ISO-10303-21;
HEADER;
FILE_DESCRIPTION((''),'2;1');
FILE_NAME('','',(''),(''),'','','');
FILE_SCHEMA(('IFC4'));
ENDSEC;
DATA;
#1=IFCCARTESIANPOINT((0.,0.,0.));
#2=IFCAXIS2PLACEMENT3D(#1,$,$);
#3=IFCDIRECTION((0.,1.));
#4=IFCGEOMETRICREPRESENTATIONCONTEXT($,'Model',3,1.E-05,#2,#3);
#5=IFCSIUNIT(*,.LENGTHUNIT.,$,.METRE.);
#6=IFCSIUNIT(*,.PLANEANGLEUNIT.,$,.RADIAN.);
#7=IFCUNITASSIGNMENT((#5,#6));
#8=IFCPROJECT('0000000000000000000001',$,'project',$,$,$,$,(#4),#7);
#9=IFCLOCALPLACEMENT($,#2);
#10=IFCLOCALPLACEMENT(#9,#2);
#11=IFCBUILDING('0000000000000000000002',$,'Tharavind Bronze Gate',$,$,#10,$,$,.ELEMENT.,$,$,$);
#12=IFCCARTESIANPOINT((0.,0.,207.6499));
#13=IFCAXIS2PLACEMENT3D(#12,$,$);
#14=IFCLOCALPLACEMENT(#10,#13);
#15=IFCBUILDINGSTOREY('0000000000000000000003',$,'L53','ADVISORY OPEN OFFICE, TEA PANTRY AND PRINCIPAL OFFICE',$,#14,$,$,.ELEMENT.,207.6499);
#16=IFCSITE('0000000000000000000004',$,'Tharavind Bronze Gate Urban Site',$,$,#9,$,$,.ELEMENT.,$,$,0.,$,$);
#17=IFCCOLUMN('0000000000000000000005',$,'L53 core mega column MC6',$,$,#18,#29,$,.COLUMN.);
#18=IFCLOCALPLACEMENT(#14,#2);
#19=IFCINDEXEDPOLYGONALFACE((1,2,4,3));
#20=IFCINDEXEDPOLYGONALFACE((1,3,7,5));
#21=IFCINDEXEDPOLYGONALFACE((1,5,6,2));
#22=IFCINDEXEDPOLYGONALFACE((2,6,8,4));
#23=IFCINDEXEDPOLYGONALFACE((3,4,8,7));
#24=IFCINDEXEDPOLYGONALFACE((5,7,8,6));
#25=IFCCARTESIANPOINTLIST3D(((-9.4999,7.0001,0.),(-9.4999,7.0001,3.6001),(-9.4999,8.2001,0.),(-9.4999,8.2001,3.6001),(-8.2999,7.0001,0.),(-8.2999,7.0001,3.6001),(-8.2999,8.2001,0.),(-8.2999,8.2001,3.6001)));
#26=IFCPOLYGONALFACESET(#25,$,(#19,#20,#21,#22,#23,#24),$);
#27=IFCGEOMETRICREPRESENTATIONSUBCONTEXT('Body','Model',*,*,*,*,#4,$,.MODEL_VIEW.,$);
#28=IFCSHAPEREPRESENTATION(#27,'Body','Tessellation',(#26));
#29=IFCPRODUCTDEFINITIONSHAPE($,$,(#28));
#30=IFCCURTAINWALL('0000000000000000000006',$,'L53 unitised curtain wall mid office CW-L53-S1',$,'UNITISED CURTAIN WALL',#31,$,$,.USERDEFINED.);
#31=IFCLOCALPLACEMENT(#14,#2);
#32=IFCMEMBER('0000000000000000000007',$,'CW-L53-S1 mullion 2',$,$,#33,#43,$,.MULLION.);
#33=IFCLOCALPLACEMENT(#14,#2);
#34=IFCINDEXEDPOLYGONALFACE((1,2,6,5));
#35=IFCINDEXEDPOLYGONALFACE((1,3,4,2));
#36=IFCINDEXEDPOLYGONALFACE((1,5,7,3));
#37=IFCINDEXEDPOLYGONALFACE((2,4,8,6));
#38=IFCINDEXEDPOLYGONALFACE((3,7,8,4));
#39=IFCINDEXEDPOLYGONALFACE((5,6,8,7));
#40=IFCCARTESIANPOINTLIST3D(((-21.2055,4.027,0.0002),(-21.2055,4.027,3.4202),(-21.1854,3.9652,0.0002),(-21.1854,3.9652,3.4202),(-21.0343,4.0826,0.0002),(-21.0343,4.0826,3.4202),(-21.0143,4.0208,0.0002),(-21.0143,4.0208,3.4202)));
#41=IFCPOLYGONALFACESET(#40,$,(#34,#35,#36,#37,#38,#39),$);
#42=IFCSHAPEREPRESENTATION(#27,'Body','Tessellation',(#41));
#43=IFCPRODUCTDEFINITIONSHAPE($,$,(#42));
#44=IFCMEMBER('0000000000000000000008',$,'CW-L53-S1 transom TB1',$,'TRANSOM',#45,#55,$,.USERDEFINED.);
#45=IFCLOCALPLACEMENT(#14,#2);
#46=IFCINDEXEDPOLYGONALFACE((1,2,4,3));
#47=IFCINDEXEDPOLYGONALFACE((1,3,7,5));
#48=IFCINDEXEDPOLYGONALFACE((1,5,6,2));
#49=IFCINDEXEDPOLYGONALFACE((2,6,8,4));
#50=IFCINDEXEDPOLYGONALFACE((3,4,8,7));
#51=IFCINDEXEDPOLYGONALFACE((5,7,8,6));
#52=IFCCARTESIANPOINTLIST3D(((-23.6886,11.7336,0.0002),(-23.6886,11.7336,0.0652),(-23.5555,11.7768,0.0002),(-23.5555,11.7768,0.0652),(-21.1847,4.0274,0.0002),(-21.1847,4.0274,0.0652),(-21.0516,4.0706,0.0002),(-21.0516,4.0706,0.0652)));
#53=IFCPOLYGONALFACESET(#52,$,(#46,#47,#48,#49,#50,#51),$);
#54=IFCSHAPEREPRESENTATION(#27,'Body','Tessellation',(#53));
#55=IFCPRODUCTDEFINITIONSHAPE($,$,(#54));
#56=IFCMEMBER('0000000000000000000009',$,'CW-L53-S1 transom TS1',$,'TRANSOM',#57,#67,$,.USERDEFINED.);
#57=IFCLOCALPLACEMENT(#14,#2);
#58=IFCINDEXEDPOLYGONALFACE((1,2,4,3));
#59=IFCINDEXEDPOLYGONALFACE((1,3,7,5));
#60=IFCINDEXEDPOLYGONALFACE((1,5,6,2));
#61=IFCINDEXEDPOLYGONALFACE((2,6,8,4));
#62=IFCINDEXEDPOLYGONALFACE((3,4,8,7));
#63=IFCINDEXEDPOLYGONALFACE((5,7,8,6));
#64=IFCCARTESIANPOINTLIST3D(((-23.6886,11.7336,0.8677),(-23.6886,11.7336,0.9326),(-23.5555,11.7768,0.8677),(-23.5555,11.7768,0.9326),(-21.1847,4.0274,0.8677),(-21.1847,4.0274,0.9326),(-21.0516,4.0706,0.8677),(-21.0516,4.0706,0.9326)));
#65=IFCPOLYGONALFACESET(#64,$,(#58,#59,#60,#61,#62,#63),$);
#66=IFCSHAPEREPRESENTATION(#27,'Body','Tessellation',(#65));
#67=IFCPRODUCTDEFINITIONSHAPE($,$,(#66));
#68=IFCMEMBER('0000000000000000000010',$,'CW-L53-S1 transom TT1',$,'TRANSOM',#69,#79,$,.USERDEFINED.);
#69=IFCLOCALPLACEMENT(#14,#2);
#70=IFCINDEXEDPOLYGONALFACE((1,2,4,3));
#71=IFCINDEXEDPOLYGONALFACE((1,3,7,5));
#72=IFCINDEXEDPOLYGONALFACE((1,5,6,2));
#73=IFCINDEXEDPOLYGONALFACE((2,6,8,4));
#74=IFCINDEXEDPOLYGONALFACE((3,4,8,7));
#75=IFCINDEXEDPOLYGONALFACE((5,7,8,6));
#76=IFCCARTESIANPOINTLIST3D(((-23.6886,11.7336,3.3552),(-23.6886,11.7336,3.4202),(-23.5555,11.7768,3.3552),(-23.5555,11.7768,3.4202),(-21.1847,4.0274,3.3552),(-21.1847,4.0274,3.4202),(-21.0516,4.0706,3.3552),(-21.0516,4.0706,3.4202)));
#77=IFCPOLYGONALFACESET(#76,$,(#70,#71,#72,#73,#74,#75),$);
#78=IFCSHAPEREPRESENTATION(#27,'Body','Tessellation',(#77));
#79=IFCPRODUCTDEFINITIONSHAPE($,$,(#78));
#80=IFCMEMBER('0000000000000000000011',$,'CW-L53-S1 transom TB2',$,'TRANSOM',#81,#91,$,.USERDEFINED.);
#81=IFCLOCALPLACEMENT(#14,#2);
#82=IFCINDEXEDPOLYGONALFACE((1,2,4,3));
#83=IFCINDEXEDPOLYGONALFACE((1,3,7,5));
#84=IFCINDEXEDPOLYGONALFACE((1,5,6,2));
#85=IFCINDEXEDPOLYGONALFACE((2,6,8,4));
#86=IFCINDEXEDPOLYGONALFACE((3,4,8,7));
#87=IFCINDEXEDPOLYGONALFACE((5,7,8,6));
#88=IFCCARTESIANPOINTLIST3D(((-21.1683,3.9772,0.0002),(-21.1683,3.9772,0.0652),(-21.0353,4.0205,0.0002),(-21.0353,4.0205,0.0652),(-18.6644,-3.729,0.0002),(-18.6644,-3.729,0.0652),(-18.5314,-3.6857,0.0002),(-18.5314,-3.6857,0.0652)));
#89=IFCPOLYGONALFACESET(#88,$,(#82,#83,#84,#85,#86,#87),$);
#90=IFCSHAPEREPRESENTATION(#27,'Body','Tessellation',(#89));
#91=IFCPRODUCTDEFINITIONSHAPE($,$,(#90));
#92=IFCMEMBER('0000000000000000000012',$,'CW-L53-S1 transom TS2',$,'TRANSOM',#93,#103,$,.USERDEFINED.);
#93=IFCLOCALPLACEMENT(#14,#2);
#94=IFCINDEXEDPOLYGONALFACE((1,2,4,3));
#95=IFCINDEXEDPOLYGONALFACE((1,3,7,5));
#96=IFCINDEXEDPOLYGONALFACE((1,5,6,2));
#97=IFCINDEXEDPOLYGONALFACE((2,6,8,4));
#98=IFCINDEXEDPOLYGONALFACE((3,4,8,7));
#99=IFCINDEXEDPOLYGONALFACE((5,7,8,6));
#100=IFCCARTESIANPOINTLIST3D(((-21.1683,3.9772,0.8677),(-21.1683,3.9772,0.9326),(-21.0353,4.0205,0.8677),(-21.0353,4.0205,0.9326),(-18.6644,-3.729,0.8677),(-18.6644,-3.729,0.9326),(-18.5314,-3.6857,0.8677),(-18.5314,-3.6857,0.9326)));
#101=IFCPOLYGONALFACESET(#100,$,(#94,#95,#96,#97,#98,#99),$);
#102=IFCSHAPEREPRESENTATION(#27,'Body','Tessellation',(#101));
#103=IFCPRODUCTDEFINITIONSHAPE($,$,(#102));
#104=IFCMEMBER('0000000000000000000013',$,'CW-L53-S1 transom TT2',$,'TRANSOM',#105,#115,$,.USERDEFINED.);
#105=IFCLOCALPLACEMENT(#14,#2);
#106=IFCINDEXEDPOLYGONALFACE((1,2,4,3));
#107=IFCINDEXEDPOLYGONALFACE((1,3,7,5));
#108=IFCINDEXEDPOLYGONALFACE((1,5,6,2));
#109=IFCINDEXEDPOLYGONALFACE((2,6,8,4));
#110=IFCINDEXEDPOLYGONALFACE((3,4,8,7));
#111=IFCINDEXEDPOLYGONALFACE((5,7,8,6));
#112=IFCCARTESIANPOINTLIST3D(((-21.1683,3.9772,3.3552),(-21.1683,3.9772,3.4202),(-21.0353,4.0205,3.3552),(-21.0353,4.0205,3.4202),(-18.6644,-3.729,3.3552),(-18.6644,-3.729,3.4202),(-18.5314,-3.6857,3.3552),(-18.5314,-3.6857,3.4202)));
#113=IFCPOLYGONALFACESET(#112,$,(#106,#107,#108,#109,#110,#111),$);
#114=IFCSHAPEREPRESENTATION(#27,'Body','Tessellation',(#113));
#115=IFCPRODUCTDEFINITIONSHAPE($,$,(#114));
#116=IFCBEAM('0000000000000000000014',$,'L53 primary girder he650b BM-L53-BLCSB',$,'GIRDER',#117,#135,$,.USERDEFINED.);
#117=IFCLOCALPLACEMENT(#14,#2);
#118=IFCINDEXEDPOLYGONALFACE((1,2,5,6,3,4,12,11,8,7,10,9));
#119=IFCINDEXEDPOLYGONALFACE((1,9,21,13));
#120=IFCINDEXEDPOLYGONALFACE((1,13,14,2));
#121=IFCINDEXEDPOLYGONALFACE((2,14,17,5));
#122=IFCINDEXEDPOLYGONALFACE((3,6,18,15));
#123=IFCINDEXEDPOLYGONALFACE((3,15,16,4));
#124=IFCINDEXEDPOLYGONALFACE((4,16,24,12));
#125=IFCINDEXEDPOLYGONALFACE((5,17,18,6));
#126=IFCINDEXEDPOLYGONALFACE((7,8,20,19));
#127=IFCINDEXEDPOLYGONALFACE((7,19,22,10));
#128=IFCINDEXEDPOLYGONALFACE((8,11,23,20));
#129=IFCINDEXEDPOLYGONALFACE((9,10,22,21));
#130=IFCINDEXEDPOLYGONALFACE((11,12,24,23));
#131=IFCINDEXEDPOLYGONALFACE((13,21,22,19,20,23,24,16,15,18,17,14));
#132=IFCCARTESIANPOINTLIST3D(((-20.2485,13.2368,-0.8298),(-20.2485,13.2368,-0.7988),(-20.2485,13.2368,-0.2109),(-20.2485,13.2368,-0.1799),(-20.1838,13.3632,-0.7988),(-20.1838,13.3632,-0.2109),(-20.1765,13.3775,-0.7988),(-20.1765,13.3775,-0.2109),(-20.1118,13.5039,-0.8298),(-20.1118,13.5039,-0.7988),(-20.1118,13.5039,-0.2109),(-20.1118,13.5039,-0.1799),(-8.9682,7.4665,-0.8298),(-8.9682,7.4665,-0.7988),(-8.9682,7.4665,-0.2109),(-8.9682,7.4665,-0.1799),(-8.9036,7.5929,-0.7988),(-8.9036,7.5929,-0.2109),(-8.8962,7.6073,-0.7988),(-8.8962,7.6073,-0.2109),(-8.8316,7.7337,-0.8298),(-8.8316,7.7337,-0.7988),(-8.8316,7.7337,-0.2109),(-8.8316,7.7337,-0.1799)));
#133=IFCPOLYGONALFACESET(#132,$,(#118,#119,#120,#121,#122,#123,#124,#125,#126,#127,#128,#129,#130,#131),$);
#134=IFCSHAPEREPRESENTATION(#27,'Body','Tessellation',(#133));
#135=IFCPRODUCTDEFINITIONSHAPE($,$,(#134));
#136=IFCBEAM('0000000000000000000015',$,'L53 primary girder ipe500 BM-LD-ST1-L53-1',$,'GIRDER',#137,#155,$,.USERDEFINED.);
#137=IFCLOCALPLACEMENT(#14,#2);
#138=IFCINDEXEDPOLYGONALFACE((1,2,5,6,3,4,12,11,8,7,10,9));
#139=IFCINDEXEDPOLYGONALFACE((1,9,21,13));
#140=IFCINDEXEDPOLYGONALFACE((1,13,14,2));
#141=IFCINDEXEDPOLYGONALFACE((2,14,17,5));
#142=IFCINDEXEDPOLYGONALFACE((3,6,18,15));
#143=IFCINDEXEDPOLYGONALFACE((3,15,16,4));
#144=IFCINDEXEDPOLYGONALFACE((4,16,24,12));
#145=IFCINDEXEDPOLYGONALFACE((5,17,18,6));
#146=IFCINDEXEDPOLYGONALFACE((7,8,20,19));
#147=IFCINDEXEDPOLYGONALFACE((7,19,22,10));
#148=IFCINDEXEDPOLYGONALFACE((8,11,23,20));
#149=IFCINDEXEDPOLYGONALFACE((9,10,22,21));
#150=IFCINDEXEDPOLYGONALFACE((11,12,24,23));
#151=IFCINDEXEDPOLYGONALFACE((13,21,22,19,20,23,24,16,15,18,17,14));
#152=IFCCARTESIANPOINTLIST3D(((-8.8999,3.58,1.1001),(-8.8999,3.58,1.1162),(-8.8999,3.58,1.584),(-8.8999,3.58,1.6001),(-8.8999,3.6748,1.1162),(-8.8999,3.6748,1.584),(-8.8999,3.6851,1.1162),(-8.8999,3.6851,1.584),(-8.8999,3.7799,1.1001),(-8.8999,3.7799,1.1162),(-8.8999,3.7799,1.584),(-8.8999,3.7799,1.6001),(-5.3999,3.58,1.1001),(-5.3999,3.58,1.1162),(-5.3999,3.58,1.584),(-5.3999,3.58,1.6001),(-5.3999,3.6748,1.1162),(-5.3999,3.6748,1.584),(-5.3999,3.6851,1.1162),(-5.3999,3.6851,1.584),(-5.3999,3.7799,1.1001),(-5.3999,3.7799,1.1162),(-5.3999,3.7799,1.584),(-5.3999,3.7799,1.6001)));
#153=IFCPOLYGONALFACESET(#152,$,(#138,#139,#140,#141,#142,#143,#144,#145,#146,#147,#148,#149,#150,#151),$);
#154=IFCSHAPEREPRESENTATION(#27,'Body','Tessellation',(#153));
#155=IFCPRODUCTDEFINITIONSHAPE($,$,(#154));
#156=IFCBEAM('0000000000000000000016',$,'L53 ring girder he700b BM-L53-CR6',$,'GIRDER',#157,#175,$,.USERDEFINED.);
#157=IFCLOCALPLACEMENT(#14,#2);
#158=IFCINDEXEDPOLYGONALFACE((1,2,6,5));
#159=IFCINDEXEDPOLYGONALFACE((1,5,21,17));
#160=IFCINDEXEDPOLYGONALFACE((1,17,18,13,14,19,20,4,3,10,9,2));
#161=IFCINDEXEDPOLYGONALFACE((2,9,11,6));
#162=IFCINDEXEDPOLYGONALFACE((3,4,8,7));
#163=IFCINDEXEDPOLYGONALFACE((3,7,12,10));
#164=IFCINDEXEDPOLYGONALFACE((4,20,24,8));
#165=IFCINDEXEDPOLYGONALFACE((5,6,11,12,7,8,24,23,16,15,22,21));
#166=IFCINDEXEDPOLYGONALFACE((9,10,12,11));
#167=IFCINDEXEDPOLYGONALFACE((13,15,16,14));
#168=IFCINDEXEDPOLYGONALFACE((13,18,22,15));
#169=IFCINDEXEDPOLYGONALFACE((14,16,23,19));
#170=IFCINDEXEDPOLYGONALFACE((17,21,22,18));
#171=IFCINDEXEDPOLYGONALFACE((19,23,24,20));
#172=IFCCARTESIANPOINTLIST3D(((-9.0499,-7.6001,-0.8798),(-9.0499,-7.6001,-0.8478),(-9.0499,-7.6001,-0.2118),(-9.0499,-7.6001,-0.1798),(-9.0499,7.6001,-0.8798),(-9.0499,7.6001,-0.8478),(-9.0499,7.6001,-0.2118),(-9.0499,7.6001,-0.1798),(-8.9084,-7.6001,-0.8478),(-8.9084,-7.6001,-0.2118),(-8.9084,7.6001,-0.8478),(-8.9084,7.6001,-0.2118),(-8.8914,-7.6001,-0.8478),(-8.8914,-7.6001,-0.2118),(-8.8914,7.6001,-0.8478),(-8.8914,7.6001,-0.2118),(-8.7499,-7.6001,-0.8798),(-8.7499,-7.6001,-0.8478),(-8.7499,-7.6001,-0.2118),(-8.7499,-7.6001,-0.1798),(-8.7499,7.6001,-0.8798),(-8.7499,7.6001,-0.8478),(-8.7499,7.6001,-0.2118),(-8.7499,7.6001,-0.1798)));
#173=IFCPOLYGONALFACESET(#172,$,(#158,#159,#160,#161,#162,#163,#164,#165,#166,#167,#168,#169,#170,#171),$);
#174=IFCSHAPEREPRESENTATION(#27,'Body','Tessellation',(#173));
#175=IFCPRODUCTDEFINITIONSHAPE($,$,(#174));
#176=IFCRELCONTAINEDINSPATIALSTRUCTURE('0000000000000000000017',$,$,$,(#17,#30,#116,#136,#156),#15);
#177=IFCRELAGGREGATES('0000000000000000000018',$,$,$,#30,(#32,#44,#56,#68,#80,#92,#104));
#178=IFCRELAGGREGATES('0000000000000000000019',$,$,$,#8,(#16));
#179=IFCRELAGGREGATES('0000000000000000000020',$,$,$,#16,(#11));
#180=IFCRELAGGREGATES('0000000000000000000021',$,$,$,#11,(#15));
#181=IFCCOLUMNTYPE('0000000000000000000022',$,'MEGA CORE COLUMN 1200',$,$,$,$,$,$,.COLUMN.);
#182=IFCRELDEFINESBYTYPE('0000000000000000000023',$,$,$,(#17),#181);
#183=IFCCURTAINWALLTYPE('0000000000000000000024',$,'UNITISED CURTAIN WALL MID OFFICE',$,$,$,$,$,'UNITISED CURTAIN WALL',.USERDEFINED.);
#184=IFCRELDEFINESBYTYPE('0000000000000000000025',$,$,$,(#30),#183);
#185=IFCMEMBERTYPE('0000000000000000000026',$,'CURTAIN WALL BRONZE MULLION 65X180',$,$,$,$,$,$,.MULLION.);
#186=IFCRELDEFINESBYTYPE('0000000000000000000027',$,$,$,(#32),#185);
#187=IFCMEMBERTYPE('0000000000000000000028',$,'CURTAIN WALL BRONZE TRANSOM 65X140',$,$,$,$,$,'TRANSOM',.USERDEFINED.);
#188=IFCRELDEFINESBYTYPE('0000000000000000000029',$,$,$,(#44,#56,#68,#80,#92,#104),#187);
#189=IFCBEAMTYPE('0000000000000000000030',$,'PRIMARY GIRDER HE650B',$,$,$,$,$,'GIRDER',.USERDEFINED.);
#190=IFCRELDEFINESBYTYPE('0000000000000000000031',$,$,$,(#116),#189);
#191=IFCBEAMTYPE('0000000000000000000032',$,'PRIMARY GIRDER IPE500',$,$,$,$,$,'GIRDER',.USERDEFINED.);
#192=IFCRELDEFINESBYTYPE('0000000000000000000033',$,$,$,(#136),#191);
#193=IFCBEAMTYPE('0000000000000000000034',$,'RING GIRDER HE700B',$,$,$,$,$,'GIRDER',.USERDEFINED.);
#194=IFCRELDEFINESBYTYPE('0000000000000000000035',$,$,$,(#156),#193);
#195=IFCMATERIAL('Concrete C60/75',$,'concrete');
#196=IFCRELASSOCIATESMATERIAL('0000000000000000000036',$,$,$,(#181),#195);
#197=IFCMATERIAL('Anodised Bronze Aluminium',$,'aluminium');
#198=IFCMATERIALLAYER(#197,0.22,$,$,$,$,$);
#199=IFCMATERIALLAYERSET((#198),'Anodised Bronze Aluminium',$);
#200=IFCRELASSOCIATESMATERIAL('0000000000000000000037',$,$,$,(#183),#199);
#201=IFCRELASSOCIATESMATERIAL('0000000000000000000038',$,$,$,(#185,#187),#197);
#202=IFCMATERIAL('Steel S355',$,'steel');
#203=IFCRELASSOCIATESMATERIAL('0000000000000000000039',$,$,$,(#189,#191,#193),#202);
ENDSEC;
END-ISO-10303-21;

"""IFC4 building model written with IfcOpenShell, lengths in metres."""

from ifc_helpers import new_model, si_unit, direction, frame, origin, origin_2d, place, context, subcontext, project, spatial, rectangle, i_section, extrude, material, layer, layer_set, material_profile, profile_set, type_object, element, aggregate, save


model = new_model("IFC4")

# Units and contexts
model_context = context("Model", 3, precision=1e-05, world=origin(), true_north=direction((0.0, 1.0)))
body_context = subcontext(model_context, "Body", "Model", "MODEL_VIEW")
ifc_project = project(units=[si_unit("LENGTHUNIT", "METRE"), si_unit("PLANEANGLEUNIT", "RADIAN")], contexts=[model_context])

# Site, building, storey
site_placement = place(None, origin())
site = spatial("IfcSite", under=ifc_project, at=site_placement, Name="Tharavind Bronze Gate Urban Site", CompositionType="ELEMENT", RefElevation=0.0)
building_placement = place(site_placement, origin())
building = spatial("IfcBuilding", under=site, at=building_placement, Name="Tharavind Bronze Gate", CompositionType="ELEMENT")
storey_placement = place(building_placement, frame((0.0, 0.0, 207.6499)))
storey = spatial("IfcBuildingStorey", under=building, at=storey_placement, Name="L53", Description="ADVISORY OPEN OFFICE, TEA PANTRY AND PRINCIPAL OFFICE", CompositionType="ELEMENT", Elevation=207.6499)

# Column
ifc_material_1 = material(Name="Concrete C60/75", Category="concrete")
ifc_material_profile_1 = material_profile(ifc_material_1, rectangle(XDim=1.2, YDim=1.2, at=origin_2d()), Name="RCCOL1200")
ifc_profile_set_1 = profile_set([ifc_material_profile_1], Name="Concrete C60/75")
column_type = type_object("IfcColumnType", Name="MEGA CORE COLUMN 1200", PredefinedType="COLUMN", material=ifc_profile_set_1)
column_placement = place(storey_placement, frame((-8.8999, 7.6001, 0.0), z_axis=(0.0, 0.0, 1.0), x_axis=(1.0, 0.0, 0.0)))
element("IfcColumn", 1, at=column_placement, inside=storey, type_object=column_type, Name="L53 core mega column MC6", PredefinedType="COLUMN", context=body_context, shape_type="SweptSolid", body=[
    extrude(rectangle(XDim=1.2, YDim=1.2, at=origin_2d()), origin(), (0.0, 0.0, 1.0), 3.6001),
])

# Curtain wall, members
ifc_material_2 = material(Name="Anodised Bronze Aluminium", Category="aluminium")
ifc_layer_1 = layer(ifc_material_2, 0.22)
ifc_layer_set_1 = layer_set([ifc_layer_1], Name="Anodised Bronze Aluminium")
curtain_wall_type = type_object("IfcCurtainWallType", Name="UNITISED CURTAIN WALL MID OFFICE", ElementType="UNITISED CURTAIN WALL", PredefinedType="USERDEFINED", material=ifc_layer_set_1)
curtain_wall_placement = place(storey_placement, origin())
curtain_wall = element("IfcCurtainWall", 2, at=curtain_wall_placement, inside=storey, type_object=curtain_wall_type, Name="L53 unitised curtain wall mid office CW-L53-S1", ObjectType="UNITISED CURTAIN WALL", PredefinedType="USERDEFINED")
member_type_1 = type_object("IfcMemberType", Name="CURTAIN WALL BRONZE MULLION 65X180", PredefinedType="MULLION", material=ifc_material_2)
member_1_placement = place(storey_placement, frame((-21.1099, 4.0239, 0.0002), z_axis=(0.0, 0.0, 1.0), x_axis=(0.309017, -0.951057, 0.0)))
member_1 = element("IfcMember", 3, at=member_1_placement, type_object=member_type_1, Name="CW-L53-S1 mullion 2", PredefinedType="MULLION", context=body_context, shape_type="SweptSolid", body=[
    extrude(rectangle(XDim=0.0649, YDim=0.1799, at=origin_2d()), origin(), (0.0, 0.0, 1.0), 3.4199),
])
member_type_2 = type_object("IfcMemberType", Name="CURTAIN WALL BRONZE TRANSOM 65X140", ElementType="TRANSOM", PredefinedType="USERDEFINED", material=ifc_material_2)
member_2_placement = place(storey_placement, frame((-22.3701, 7.9021, 0.0002), z_axis=(0.0, 0.0, 1.0), x_axis=(0.309017, -0.951057, 0.0)))
member_2 = element("IfcMember", 4, at=member_2_placement, type_object=member_type_2, Name="CW-L53-S1 transom TB1", ObjectType="TRANSOM", PredefinedType="USERDEFINED", context=body_context, shape_type="SweptSolid", body=[
    extrude(rectangle(XDim=8.1028, YDim=0.1399, at=origin_2d()), origin(), (0.0, 0.0, 1.0), 0.0649),
])
member_3_placement = place(storey_placement, frame((-22.3701, 7.9021, 0.8677), z_axis=(0.0, 0.0, 1.0), x_axis=(0.309017, -0.951057, 0.0)))
member_3 = element("IfcMember", 5, at=member_3_placement, type_object=member_type_2, Name="CW-L53-S1 transom TS1", ObjectType="TRANSOM", PredefinedType="USERDEFINED", context=body_context, shape_type="SweptSolid", body=[
    extrude(rectangle(XDim=8.1028, YDim=0.1399, at=origin_2d()), origin(), (0.0, 0.0, 1.0), 0.0649),
])
member_4_placement = place(storey_placement, frame((-22.3701, 7.9021, 3.3552), z_axis=(0.0, 0.0, 1.0), x_axis=(0.309017, -0.951057, 0.0)))
member_4 = element("IfcMember", 6, at=member_4_placement, type_object=member_type_2, Name="CW-L53-S1 transom TT1", ObjectType="TRANSOM", PredefinedType="USERDEFINED", context=body_context, shape_type="SweptSolid", body=[
    extrude(rectangle(XDim=8.1028, YDim=0.1399, at=origin_2d()), origin(), (0.0, 0.0, 1.0), 0.0649),
])
member_5_placement = place(storey_placement, frame((-19.8499, 0.1458, 0.0002), z_axis=(0.0, 0.0, 1.0), x_axis=(0.309017, -0.951057, 0.0)))
member_5 = element("IfcMember", 7, at=member_5_placement, type_object=member_type_2, Name="CW-L53-S1 transom TB2", ObjectType="TRANSOM", PredefinedType="USERDEFINED", context=body_context, shape_type="SweptSolid", body=[
    extrude(rectangle(XDim=8.1028, YDim=0.1399, at=origin_2d()), origin(), (0.0, 0.0, 1.0), 0.0649),
])
member_6_placement = place(storey_placement, frame((-19.8499, 0.1458, 0.8677), z_axis=(0.0, 0.0, 1.0), x_axis=(0.309017, -0.951057, 0.0)))
member_6 = element("IfcMember", 8, at=member_6_placement, type_object=member_type_2, Name="CW-L53-S1 transom TS2", ObjectType="TRANSOM", PredefinedType="USERDEFINED", context=body_context, shape_type="SweptSolid", body=[
    extrude(rectangle(XDim=8.1028, YDim=0.1399, at=origin_2d()), origin(), (0.0, 0.0, 1.0), 0.0649),
])
member_7_placement = place(storey_placement, frame((-19.8499, 0.1458, 3.3552), z_axis=(0.0, 0.0, 1.0), x_axis=(0.309017, -0.951057, 0.0)))
member_7 = element("IfcMember", 9, at=member_7_placement, type_object=member_type_2, Name="CW-L53-S1 transom TT2", ObjectType="TRANSOM", PredefinedType="USERDEFINED", context=body_context, shape_type="SweptSolid", body=[
    extrude(rectangle(XDim=8.1028, YDim=0.1399, at=origin_2d()), origin(), (0.0, 0.0, 1.0), 0.0649),
])

# Beams
ifc_material_3 = material(Name="Steel S355", Category="steel")
ifc_material_profile_2 = material_profile(ifc_material_3, i_section(OverallWidth=0.3, OverallDepth=0.6499, WebThickness=0.0161, FlangeThickness=0.031, at=origin_2d()), Name="HE650B")
ifc_profile_set_2 = profile_set([ifc_material_profile_2], Name="Steel S355")
beam_type_1 = type_object("IfcBeamType", Name="PRIMARY GIRDER HE650B", ElementType="GIRDER", PredefinedType="USERDEFINED", material=ifc_profile_set_2)
beam_1_placement = place(storey_placement, frame((-8.8999, 7.6001, -0.5049), z_axis=(-0.890281, 0.455411, 0.0), x_axis=(-0.455411, -0.890281, 0.0)))
element("IfcBeam", 10, at=beam_1_placement, inside=storey, type_object=beam_type_1, Name="L53 primary girder he650b BM-L53-BLCSB", ObjectType="GIRDER", PredefinedType="USERDEFINED", context=body_context, shape_type="SweptSolid", body=[
    extrude(i_section(OverallWidth=0.3, OverallDepth=0.6499, WebThickness=0.0161, FlangeThickness=0.031, at=origin_2d()), origin(), (0.0, 0.0, 1.0), 12.6704),
])
ifc_material_profile_3 = material_profile(ifc_material_3, i_section(OverallWidth=0.2, OverallDepth=0.5, WebThickness=0.0103, FlangeThickness=0.0161, at=origin_2d()), Name="IPE500")
ifc_profile_set_3 = profile_set([ifc_material_profile_3], Name="Steel S355")
beam_type_2 = type_object("IfcBeamType", Name="PRIMARY GIRDER IPE500", ElementType="GIRDER", PredefinedType="USERDEFINED", material=ifc_profile_set_3)
beam_2_placement = place(storey_placement, frame((-8.8999, 3.6799, 1.3501), z_axis=(1.0, 0.0, 0.0), x_axis=(0.0, 1.0, 0.0)))
element("IfcBeam", 11, at=beam_2_placement, inside=storey, type_object=beam_type_2, Name="L53 primary girder ipe500 BM-LD-ST1-L53-1", ObjectType="GIRDER", PredefinedType="USERDEFINED", context=body_context, shape_type="SweptSolid", body=[
    extrude(i_section(OverallWidth=0.2, OverallDepth=0.5, WebThickness=0.0103, FlangeThickness=0.0161, at=origin_2d()), origin(), (0.0, 0.0, 1.0), 3.5),
])
ifc_material_profile_4 = material_profile(ifc_material_3, i_section(OverallWidth=0.3, OverallDepth=0.7, WebThickness=0.0171, FlangeThickness=0.032, at=origin_2d()), Name="HE700B")
ifc_profile_set_4 = profile_set([ifc_material_profile_4], Name="Steel S355")
beam_type_3 = type_object("IfcBeamType", Name="RING GIRDER HE700B", ElementType="GIRDER", PredefinedType="USERDEFINED", material=ifc_profile_set_4)
beam_3_placement = place(storey_placement, frame((-8.8999, 7.6001, -0.5298), z_axis=(0.0, -1.0, 0.0), x_axis=(1.0, 0.0, 0.0)))
element("IfcBeam", 12, at=beam_3_placement, inside=storey, type_object=beam_type_3, Name="L53 ring girder he700b BM-L53-CR6", ObjectType="GIRDER", PredefinedType="USERDEFINED", context=body_context, shape_type="SweptSolid", body=[
    extrude(i_section(OverallWidth=0.3, OverallDepth=0.7, WebThickness=0.0171, FlangeThickness=0.032, at=origin_2d()), origin(), (0.0, 0.0, 1.0), 15.2002),
])

aggregate(curtain_wall, [member_1, member_2, member_3, member_4, member_5, member_6, member_7])

save(model, "model.ifc")
